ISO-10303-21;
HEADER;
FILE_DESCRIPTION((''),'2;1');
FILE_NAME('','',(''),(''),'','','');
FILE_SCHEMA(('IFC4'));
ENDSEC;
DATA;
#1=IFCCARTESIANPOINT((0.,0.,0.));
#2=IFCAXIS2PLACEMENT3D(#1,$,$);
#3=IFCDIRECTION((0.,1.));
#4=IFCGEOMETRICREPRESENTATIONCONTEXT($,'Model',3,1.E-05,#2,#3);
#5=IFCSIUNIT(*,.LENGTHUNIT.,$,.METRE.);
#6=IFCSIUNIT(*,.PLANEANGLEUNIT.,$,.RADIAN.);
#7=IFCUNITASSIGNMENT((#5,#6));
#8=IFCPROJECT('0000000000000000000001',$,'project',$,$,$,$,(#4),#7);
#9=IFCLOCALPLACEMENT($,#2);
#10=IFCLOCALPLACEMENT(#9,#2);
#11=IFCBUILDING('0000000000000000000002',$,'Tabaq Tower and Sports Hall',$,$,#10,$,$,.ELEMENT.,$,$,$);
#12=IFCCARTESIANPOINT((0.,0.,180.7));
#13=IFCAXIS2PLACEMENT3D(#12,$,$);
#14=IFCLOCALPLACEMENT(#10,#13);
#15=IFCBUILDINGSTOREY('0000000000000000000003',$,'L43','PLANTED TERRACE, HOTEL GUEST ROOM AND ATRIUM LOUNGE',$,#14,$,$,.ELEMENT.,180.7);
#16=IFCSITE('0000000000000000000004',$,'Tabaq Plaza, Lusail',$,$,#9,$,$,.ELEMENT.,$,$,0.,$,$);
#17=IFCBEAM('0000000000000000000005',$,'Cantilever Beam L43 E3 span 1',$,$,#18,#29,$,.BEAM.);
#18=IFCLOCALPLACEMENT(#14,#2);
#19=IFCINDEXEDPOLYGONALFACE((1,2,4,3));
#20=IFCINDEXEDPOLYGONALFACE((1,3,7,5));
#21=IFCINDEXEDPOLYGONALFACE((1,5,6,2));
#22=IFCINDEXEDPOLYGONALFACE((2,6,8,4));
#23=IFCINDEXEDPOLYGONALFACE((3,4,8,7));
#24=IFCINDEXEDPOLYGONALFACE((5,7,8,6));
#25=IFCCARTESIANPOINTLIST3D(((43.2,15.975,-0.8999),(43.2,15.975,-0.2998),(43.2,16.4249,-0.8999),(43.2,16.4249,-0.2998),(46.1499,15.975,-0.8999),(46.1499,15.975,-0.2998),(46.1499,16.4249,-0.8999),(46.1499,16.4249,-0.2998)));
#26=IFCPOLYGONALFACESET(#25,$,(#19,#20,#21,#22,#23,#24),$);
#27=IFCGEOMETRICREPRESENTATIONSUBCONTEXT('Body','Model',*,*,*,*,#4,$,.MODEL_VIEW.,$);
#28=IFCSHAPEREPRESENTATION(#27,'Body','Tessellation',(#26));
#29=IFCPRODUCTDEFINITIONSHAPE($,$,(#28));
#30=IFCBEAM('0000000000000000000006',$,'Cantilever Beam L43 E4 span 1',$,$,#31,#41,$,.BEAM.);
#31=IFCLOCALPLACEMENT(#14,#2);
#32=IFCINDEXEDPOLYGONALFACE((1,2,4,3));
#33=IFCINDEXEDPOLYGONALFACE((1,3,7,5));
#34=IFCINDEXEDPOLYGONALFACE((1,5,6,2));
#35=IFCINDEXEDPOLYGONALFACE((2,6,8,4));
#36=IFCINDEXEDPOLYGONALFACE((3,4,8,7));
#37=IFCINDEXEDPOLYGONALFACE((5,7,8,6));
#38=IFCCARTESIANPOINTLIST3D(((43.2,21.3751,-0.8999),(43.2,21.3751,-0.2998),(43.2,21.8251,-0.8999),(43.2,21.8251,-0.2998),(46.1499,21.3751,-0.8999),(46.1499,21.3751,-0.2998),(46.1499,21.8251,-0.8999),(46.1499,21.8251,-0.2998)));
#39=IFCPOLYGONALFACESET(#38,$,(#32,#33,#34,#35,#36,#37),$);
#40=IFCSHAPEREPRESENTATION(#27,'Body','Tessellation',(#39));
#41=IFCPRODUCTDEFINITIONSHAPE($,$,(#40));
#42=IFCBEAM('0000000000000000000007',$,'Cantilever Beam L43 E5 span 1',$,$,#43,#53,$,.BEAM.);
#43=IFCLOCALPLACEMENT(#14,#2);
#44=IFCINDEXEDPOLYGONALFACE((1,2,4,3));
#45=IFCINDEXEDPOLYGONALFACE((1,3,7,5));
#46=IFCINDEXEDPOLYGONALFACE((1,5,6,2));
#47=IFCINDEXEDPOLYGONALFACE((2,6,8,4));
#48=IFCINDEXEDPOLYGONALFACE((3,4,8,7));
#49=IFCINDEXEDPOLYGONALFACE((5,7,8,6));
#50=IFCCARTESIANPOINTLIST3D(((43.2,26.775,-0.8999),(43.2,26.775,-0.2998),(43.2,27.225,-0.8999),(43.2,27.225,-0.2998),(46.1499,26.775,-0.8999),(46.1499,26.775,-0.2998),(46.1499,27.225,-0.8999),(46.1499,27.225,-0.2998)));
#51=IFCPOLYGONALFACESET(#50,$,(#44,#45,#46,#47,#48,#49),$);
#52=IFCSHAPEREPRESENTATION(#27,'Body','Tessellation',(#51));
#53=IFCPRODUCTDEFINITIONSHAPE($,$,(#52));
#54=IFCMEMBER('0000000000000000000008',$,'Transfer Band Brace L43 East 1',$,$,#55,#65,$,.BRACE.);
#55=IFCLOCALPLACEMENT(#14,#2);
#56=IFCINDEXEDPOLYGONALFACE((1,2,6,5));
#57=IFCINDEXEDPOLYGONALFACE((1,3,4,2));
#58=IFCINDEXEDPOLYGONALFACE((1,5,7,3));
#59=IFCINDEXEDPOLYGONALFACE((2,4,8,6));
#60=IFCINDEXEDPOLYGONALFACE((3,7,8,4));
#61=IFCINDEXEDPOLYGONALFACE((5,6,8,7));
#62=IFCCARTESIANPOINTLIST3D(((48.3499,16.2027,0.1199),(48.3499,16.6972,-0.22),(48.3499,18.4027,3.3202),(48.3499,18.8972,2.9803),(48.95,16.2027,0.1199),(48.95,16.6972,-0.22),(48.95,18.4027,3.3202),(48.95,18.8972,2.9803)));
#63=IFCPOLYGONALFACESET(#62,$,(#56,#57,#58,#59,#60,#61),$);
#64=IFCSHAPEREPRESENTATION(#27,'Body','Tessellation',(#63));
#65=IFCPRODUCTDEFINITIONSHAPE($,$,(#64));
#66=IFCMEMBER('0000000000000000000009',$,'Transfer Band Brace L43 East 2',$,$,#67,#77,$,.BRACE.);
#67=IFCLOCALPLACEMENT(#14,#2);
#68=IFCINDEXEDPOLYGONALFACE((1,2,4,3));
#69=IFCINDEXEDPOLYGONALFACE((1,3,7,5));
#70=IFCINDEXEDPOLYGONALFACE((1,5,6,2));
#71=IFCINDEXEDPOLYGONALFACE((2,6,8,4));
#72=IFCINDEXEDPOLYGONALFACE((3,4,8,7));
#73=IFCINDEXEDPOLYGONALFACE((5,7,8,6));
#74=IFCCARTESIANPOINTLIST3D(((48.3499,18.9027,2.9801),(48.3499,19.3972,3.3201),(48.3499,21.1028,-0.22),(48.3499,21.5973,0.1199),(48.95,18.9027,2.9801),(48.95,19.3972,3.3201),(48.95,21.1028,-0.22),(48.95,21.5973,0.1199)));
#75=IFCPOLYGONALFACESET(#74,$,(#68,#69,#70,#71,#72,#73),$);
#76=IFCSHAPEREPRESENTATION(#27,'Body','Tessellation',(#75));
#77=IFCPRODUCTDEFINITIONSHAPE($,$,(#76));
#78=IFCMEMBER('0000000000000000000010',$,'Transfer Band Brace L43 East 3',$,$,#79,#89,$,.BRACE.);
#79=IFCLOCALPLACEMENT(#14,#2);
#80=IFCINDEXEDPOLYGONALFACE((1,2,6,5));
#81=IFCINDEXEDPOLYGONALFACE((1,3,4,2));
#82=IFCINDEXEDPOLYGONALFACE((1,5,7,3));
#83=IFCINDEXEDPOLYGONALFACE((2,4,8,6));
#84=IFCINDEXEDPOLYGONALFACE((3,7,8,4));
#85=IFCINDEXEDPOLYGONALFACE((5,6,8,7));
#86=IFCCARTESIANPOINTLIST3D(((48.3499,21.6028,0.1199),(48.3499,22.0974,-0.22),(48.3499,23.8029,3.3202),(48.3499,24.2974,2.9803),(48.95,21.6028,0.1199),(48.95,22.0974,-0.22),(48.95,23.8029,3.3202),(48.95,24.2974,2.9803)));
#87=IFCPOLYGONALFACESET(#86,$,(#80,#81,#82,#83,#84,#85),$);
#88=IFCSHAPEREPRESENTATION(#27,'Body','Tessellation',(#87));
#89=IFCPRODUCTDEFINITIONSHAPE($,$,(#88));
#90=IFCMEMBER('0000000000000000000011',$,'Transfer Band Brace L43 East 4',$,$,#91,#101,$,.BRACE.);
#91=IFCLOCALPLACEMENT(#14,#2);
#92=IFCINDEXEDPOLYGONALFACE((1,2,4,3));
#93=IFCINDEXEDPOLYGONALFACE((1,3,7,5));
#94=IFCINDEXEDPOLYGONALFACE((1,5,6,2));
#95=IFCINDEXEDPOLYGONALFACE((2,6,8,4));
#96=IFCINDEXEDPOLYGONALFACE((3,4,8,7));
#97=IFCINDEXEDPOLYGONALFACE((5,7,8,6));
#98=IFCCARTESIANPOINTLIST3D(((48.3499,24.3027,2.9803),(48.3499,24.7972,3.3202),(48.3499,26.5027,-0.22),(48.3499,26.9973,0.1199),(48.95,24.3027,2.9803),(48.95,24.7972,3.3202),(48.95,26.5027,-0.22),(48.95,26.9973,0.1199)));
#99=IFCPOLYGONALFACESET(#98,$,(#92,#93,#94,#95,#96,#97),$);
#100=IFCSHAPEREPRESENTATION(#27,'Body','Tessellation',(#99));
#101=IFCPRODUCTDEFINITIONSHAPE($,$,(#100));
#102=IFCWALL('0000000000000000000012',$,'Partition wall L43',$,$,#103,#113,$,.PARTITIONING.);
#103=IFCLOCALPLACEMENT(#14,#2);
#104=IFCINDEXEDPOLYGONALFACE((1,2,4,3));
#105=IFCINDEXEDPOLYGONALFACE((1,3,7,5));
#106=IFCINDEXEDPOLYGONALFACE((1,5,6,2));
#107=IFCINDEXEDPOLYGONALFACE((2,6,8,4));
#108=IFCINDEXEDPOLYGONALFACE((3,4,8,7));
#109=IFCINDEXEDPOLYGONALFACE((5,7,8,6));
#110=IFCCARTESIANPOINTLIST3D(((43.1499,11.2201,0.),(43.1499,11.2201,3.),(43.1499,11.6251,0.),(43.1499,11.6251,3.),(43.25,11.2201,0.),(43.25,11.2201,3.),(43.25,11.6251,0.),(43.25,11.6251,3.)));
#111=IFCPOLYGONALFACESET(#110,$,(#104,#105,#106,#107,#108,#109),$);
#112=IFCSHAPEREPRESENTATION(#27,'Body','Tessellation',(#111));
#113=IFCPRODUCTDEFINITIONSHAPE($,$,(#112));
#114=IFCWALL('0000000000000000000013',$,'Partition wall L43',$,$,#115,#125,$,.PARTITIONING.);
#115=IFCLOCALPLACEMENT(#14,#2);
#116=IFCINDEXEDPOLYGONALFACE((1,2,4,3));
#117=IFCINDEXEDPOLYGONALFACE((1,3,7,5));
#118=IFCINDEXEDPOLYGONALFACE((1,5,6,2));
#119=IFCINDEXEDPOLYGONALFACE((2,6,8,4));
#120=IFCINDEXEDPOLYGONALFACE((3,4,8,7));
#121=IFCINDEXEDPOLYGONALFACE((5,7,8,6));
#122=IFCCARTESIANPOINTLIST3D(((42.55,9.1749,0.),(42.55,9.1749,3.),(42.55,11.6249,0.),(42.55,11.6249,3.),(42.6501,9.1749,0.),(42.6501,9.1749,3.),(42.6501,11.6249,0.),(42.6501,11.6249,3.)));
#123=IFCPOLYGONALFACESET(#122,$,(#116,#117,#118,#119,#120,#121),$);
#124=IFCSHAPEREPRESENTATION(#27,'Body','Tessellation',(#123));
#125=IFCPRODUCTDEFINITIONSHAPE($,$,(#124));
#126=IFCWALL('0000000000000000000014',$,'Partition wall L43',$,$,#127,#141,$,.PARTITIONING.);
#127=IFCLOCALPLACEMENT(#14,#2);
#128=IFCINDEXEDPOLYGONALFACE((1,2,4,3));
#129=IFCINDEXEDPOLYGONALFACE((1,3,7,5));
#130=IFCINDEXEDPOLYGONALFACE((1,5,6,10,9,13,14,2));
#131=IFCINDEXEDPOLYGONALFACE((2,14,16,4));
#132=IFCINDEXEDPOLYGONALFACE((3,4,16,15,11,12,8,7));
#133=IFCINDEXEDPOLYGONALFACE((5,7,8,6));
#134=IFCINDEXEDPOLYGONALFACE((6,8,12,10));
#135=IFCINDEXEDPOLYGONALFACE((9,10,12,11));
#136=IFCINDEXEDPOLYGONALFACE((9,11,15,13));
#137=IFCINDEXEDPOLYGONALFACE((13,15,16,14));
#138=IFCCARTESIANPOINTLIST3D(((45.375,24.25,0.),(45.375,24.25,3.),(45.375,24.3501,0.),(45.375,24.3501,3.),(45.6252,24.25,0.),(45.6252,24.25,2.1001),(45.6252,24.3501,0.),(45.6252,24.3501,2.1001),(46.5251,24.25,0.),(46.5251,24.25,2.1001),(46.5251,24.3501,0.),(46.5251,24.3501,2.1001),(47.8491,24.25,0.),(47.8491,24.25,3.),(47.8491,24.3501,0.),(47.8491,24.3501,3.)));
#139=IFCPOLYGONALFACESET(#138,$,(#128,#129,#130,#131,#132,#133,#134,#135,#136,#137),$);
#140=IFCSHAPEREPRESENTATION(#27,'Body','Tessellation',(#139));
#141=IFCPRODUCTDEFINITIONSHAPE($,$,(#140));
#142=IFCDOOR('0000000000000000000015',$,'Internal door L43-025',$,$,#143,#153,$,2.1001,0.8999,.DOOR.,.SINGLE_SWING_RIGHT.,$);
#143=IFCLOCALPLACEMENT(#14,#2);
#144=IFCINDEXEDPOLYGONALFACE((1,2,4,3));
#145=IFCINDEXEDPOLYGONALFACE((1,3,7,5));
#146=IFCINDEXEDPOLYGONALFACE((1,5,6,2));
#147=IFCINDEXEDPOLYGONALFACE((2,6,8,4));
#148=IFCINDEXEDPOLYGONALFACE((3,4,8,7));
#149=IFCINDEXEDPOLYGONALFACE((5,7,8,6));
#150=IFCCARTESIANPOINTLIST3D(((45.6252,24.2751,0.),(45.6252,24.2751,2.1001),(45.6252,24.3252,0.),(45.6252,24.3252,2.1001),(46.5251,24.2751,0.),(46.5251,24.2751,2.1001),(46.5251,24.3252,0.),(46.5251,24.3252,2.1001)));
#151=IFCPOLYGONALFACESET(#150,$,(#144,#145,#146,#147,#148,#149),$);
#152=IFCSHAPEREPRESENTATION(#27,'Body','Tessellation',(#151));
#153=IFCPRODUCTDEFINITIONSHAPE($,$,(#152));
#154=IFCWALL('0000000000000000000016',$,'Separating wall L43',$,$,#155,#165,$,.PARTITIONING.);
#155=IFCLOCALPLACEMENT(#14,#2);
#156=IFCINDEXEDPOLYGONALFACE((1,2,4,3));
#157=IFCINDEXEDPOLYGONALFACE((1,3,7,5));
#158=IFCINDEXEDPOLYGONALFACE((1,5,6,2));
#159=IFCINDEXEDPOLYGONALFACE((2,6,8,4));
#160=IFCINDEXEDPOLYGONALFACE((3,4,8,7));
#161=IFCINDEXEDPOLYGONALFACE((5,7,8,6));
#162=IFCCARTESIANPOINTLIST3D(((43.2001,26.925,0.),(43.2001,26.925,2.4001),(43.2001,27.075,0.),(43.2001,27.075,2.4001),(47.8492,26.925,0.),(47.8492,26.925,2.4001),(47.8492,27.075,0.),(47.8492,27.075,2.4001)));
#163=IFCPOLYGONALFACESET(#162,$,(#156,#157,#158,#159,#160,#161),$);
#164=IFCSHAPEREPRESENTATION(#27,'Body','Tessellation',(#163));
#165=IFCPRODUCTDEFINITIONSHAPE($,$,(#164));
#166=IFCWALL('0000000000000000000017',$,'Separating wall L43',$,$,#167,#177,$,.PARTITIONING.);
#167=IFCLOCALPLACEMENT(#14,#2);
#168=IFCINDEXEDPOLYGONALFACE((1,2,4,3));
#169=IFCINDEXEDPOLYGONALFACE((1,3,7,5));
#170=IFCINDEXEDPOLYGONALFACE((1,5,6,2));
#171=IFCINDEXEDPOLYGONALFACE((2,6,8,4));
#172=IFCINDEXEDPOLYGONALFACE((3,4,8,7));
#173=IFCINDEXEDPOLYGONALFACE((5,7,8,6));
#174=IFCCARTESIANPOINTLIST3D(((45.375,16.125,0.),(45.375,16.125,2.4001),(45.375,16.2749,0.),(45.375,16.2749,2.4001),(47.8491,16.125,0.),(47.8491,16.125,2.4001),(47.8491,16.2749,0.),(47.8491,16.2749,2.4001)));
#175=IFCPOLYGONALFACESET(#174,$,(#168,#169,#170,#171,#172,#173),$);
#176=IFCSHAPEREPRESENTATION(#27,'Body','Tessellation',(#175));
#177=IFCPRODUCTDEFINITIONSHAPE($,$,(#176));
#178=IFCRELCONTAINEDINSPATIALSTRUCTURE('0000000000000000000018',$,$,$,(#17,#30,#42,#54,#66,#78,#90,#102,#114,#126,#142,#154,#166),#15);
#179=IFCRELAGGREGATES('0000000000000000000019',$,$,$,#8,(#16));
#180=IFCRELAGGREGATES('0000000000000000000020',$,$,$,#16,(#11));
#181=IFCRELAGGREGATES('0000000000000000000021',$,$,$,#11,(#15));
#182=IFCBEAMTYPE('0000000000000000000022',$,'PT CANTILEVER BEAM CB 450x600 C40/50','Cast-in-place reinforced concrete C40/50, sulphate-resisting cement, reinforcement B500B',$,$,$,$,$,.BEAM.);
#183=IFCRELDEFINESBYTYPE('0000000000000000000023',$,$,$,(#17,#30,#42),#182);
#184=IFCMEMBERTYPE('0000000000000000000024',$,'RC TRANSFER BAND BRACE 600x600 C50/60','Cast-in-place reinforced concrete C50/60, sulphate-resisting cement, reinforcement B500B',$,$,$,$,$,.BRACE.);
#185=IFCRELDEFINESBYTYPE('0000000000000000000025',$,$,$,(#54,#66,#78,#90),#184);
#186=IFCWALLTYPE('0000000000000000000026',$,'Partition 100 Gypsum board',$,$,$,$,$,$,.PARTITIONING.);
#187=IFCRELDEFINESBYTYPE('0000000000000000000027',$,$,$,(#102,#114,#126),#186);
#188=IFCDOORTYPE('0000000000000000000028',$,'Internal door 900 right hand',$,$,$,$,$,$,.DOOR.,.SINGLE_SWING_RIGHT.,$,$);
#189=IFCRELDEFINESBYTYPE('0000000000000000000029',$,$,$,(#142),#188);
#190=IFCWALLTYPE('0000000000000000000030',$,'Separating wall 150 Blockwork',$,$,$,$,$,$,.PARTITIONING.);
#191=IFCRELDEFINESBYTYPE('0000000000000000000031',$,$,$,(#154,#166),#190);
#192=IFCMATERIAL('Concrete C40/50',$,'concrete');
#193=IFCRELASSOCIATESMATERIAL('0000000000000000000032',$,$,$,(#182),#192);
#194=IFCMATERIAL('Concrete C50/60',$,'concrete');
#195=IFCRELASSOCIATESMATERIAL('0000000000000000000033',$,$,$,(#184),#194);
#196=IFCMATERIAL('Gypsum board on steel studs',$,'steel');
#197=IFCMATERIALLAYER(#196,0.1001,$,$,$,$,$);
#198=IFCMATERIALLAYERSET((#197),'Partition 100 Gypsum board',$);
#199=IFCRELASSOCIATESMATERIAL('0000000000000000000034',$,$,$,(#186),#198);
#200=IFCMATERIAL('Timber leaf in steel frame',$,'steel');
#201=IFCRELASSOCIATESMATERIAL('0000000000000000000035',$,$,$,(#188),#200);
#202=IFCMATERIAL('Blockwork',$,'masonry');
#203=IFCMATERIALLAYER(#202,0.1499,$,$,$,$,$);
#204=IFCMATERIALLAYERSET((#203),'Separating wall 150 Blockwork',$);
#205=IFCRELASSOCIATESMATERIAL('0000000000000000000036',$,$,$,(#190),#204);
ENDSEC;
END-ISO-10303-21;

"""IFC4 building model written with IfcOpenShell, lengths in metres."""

from ifc_helpers import new_model, si_unit, direction, frame, frame_2d, origin, origin_2d, place, context, subcontext, project, spatial, rectangle, extrude, material, layer, layer_set, material_profile, profile_set, type_object, element, fill, save


model = new_model("IFC4")

# Units and contexts
model_context = context("Model", 3, precision=1e-05, world=origin(), true_north=direction((0.0, 1.0)))
body_context = subcontext(model_context, "Body", "Model", "MODEL_VIEW")
ifc_project = project(units=[si_unit("LENGTHUNIT", "METRE"), si_unit("PLANEANGLEUNIT", "RADIAN")], contexts=[model_context])

# Site, building, storey
site_placement = place(None, origin())
site = spatial("IfcSite", under=ifc_project, at=site_placement, Name="Tabaq Plaza, Lusail", CompositionType="ELEMENT", RefElevation=0.0)
building_placement = place(site_placement, origin())
building = spatial("IfcBuilding", under=site, at=building_placement, Name="Tabaq Tower and Sports Hall", CompositionType="ELEMENT")
storey_placement = place(building_placement, frame((0.0, 0.0, 180.7)))
storey = spatial("IfcBuildingStorey", under=building, at=storey_placement, Name="L43", Description="PLANTED TERRACE, HOTEL GUEST ROOM AND ATRIUM LOUNGE", CompositionType="ELEMENT", Elevation=180.7)

# Beams
ifc_material_1 = material(Name="Concrete C40/50", Category="concrete")
ifc_material_profile_1 = material_profile(ifc_material_1, rectangle(XDim=0.45, YDim=0.6001, at=origin_2d()), Name="CB 450x600")
ifc_profile_set_1 = profile_set([ifc_material_profile_1], Name="Concrete C40/50")
beam_type = type_object("IfcBeamType", Name="PT CANTILEVER BEAM CB 450x600 C40/50", Description="Cast-in-place reinforced concrete C40/50, sulphate-resisting cement, reinforcement B500B", PredefinedType="BEAM", material=ifc_profile_set_1)
for number, where, z_axis, x_axis, name in (
    (1, (46.1499, 16.2, -0.5999), (-1.0, 0.0, 0.0), (0.0, -1.0, 0.0), "Cantilever Beam L43 E3 span 1"),
    (2, (46.1499, 21.6001, -0.5999), (-1.0, 0.0, 0.0), (0.0, -1.0, 0.0), "Cantilever Beam L43 E4 span 1"),
    (3, (46.1499, 27.0, -0.5999), (-1.0, 0.0, 0.0), (0.0, -1.0, 0.0), "Cantilever Beam L43 E5 span 1"),
):
    element("IfcBeam", number, at=place(storey_placement, frame(where, z_axis=z_axis, x_axis=x_axis)), inside=storey, type_object=beam_type, Name=name, PredefinedType="BEAM", context=body_context, shape_type="SweptSolid", body=[
        extrude(rectangle(XDim=0.45, YDim=0.6001, at=origin_2d()), origin(), (0.0, 0.0, 1.0), 2.95),
    ])

# Members
ifc_material_2 = material(Name="Concrete C50/60", Category="concrete")
ifc_material_profile_2 = material_profile(ifc_material_2, rectangle(XDim=0.6001, YDim=0.6001, at=origin_2d()), Name="TRANSFER BAND BRACE 600x600")
ifc_profile_set_2 = profile_set([ifc_material_profile_2], Name="Concrete C50/60")
member_type = type_object("IfcMemberType", Name="RC TRANSFER BAND BRACE 600x600 C50/60", Description="Cast-in-place reinforced concrete C50/60, sulphate-resisting cement, reinforcement B500B", PredefinedType="BRACE", material=ifc_profile_set_2)
for number, where, z_axis, x_axis, name in (
    (4, (48.6499, 16.45, -0.05), (0.0, 0.566497, 0.824064), (-1.0, 0.0, 0.0), "Transfer Band Brace L43 East 1"),
    (5, (48.6499, 21.3501, -0.05), (0.0, -0.566539, 0.824035), (1.0, 0.0, 0.0), "Transfer Band Brace L43 East 2"),
    (6, (48.6499, 21.8501, -0.05), (0.0, 0.566497, 0.824064), (-1.0, 0.0, 0.0), "Transfer Band Brace L43 East 3"),
    (7, (48.6499, 26.75, -0.05), (0.0, -0.566497, 0.824064), (1.0, 0.0, 0.0), "Transfer Band Brace L43 East 4"),
):
    element("IfcMember", number, at=place(storey_placement, frame(where, z_axis=z_axis, x_axis=x_axis)), inside=storey, type_object=member_type, Name=name, PredefinedType="BRACE", context=body_context, shape_type="SweptSolid", body=[
        extrude(rectangle(XDim=0.6001, YDim=0.6001, at=origin_2d()), origin(), (0.0, 0.0, 1.0), 3.8835),
    ])

# Walls
ifc_material_3 = material(Name="Gypsum board on steel studs", Category="steel")
ifc_layer_1 = layer(ifc_material_3, 0.1001)
ifc_layer_set_1 = layer_set([ifc_layer_1], Name="Partition 100 Gypsum board")
wall_type_1 = type_object("IfcWallType", Name="Partition 100 Gypsum board", PredefinedType="PARTITIONING", material=ifc_layer_set_1)
wall_1_placement = place(storey_placement, frame((43.2, 11.22, 0.0), z_axis=(0.0, 0.0, 1.0), x_axis=(0.0, 1.0, 0.0)))
element("IfcWall", 8, at=wall_1_placement, inside=storey, type_object=wall_type_1, Name="Partition wall L43", PredefinedType="PARTITIONING", context=body_context, shape_type="SweptSolid", body=[
    extrude(rectangle(XDim=0.405, YDim=0.1001, at=frame_2d((0.2026, 0.0))), origin(), (0.0, 0.0, 1.0), 3.0),
])
wall_2_placement = place(storey_placement, frame((42.6001, 11.625, 0.0), z_axis=(0.0, 0.0, 1.0), x_axis=(0.0, -1.0, 0.0)))
element("IfcWall", 9, at=wall_2_placement, inside=storey, type_object=wall_type_1, Name="Partition wall L43", PredefinedType="PARTITIONING", context=body_context, shape_type="SweptSolid", body=[
    extrude(rectangle(XDim=2.45, YDim=0.1001, at=frame_2d((1.2251, 0.0))), origin(), (0.0, 0.0, 1.0), 3.0),
])

# Wall, opening, door
wall_3_placement = place(storey_placement, frame((47.8491, 24.3, 0.0), z_axis=(0.0, 0.0, 1.0), x_axis=(-1.0, 0.0, 0.0)))
wall_3 = element("IfcWall", 10, at=wall_3_placement, inside=storey, type_object=wall_type_1, Name="Partition wall L43", PredefinedType="PARTITIONING", context=body_context, shape_type="SweptSolid", body=[
    extrude(rectangle(XDim=2.4741, YDim=0.1001, at=frame_2d((1.2371, 0.0))), origin(), (0.0, 0.0, 1.0), 3.0),
])
opening_1_placement = place(wall_3_placement, frame((1.324, 0.0, 0.0)))
opening_1 = element("IfcOpeningElement", 11, at=opening_1_placement, cuts=wall_3, PredefinedType="OPENING", context=body_context, shape_type="SweptSolid", body=[
    extrude(rectangle(XDim=0.8999, YDim=2.1001, at=frame_2d((0.45, 1.05))), frame((0.0, 0.05, 0.0), z_axis=(0.0, -1.0, 0.0), x_axis=(1.0, 0.0, 0.0)), (0.0, 0.0, 1.0), 0.1001),
])
ifc_material_4 = material(Name="Timber leaf in steel frame", Category="steel")
door_type_1 = type_object("IfcDoorType", Name="Internal door 900 right hand", OperationType="SINGLE_SWING_RIGHT", PredefinedType="DOOR", material=ifc_material_4)
door_1_placement = place(opening_1_placement, origin())
door_1 = element("IfcDoor", 12, at=door_1_placement, inside=storey, type_object=door_type_1, Name="Internal door L43-025", OperationType="SINGLE_SWING_RIGHT", OverallHeight=2.1001, OverallWidth=0.8999, PredefinedType="DOOR", context=body_context, shape_type="SweptSolid", body=[
    extrude(rectangle(XDim=0.8999, YDim=2.1001, at=frame_2d((0.45, 1.05))), frame((0.0, 0.0249, 0.0), z_axis=(0.0, -1.0, 0.0), x_axis=(1.0, 0.0, 0.0)), (0.0, 0.0, 1.0), 0.05),
])
fill(opening_1, door_1)

# Walls
ifc_material_5 = material(Name="Blockwork", Category="masonry")
ifc_layer_2 = layer(ifc_material_5, 0.1499)
ifc_layer_set_2 = layer_set([ifc_layer_2], Name="Separating wall 150 Blockwork")
wall_type_2 = type_object("IfcWallType", Name="Separating wall 150 Blockwork", PredefinedType="PARTITIONING", material=ifc_layer_set_2)
wall_4_placement = place(storey_placement, frame((43.2, 27.0, 0.0), z_axis=(0.0, 0.0, 1.0), x_axis=(1.0, 0.0, 0.0)))
element("IfcWall", 13, at=wall_4_placement, inside=storey, type_object=wall_type_2, Name="Separating wall L43", PredefinedType="PARTITIONING", context=body_context, shape_type="SweptSolid", body=[
    extrude(rectangle(XDim=4.6492, YDim=0.1499, at=frame_2d((2.3247, 0.0))), origin(), (0.0, 0.0, 1.0), 2.4001),
])
wall_5_placement = place(storey_placement, frame((47.8491, 16.2, 0.0), z_axis=(0.0, 0.0, 1.0), x_axis=(-1.0, 0.0, 0.0)))
element("IfcWall", 14, at=wall_5_placement, inside=storey, type_object=wall_type_2, Name="Separating wall L43", PredefinedType="PARTITIONING", context=body_context, shape_type="SweptSolid", body=[
    extrude(rectangle(XDim=2.4741, YDim=0.1499, at=frame_2d((1.2371, 0.0))), origin(), (0.0, 0.0, 1.0), 2.4001),
])

save(model, "model.ifc")
